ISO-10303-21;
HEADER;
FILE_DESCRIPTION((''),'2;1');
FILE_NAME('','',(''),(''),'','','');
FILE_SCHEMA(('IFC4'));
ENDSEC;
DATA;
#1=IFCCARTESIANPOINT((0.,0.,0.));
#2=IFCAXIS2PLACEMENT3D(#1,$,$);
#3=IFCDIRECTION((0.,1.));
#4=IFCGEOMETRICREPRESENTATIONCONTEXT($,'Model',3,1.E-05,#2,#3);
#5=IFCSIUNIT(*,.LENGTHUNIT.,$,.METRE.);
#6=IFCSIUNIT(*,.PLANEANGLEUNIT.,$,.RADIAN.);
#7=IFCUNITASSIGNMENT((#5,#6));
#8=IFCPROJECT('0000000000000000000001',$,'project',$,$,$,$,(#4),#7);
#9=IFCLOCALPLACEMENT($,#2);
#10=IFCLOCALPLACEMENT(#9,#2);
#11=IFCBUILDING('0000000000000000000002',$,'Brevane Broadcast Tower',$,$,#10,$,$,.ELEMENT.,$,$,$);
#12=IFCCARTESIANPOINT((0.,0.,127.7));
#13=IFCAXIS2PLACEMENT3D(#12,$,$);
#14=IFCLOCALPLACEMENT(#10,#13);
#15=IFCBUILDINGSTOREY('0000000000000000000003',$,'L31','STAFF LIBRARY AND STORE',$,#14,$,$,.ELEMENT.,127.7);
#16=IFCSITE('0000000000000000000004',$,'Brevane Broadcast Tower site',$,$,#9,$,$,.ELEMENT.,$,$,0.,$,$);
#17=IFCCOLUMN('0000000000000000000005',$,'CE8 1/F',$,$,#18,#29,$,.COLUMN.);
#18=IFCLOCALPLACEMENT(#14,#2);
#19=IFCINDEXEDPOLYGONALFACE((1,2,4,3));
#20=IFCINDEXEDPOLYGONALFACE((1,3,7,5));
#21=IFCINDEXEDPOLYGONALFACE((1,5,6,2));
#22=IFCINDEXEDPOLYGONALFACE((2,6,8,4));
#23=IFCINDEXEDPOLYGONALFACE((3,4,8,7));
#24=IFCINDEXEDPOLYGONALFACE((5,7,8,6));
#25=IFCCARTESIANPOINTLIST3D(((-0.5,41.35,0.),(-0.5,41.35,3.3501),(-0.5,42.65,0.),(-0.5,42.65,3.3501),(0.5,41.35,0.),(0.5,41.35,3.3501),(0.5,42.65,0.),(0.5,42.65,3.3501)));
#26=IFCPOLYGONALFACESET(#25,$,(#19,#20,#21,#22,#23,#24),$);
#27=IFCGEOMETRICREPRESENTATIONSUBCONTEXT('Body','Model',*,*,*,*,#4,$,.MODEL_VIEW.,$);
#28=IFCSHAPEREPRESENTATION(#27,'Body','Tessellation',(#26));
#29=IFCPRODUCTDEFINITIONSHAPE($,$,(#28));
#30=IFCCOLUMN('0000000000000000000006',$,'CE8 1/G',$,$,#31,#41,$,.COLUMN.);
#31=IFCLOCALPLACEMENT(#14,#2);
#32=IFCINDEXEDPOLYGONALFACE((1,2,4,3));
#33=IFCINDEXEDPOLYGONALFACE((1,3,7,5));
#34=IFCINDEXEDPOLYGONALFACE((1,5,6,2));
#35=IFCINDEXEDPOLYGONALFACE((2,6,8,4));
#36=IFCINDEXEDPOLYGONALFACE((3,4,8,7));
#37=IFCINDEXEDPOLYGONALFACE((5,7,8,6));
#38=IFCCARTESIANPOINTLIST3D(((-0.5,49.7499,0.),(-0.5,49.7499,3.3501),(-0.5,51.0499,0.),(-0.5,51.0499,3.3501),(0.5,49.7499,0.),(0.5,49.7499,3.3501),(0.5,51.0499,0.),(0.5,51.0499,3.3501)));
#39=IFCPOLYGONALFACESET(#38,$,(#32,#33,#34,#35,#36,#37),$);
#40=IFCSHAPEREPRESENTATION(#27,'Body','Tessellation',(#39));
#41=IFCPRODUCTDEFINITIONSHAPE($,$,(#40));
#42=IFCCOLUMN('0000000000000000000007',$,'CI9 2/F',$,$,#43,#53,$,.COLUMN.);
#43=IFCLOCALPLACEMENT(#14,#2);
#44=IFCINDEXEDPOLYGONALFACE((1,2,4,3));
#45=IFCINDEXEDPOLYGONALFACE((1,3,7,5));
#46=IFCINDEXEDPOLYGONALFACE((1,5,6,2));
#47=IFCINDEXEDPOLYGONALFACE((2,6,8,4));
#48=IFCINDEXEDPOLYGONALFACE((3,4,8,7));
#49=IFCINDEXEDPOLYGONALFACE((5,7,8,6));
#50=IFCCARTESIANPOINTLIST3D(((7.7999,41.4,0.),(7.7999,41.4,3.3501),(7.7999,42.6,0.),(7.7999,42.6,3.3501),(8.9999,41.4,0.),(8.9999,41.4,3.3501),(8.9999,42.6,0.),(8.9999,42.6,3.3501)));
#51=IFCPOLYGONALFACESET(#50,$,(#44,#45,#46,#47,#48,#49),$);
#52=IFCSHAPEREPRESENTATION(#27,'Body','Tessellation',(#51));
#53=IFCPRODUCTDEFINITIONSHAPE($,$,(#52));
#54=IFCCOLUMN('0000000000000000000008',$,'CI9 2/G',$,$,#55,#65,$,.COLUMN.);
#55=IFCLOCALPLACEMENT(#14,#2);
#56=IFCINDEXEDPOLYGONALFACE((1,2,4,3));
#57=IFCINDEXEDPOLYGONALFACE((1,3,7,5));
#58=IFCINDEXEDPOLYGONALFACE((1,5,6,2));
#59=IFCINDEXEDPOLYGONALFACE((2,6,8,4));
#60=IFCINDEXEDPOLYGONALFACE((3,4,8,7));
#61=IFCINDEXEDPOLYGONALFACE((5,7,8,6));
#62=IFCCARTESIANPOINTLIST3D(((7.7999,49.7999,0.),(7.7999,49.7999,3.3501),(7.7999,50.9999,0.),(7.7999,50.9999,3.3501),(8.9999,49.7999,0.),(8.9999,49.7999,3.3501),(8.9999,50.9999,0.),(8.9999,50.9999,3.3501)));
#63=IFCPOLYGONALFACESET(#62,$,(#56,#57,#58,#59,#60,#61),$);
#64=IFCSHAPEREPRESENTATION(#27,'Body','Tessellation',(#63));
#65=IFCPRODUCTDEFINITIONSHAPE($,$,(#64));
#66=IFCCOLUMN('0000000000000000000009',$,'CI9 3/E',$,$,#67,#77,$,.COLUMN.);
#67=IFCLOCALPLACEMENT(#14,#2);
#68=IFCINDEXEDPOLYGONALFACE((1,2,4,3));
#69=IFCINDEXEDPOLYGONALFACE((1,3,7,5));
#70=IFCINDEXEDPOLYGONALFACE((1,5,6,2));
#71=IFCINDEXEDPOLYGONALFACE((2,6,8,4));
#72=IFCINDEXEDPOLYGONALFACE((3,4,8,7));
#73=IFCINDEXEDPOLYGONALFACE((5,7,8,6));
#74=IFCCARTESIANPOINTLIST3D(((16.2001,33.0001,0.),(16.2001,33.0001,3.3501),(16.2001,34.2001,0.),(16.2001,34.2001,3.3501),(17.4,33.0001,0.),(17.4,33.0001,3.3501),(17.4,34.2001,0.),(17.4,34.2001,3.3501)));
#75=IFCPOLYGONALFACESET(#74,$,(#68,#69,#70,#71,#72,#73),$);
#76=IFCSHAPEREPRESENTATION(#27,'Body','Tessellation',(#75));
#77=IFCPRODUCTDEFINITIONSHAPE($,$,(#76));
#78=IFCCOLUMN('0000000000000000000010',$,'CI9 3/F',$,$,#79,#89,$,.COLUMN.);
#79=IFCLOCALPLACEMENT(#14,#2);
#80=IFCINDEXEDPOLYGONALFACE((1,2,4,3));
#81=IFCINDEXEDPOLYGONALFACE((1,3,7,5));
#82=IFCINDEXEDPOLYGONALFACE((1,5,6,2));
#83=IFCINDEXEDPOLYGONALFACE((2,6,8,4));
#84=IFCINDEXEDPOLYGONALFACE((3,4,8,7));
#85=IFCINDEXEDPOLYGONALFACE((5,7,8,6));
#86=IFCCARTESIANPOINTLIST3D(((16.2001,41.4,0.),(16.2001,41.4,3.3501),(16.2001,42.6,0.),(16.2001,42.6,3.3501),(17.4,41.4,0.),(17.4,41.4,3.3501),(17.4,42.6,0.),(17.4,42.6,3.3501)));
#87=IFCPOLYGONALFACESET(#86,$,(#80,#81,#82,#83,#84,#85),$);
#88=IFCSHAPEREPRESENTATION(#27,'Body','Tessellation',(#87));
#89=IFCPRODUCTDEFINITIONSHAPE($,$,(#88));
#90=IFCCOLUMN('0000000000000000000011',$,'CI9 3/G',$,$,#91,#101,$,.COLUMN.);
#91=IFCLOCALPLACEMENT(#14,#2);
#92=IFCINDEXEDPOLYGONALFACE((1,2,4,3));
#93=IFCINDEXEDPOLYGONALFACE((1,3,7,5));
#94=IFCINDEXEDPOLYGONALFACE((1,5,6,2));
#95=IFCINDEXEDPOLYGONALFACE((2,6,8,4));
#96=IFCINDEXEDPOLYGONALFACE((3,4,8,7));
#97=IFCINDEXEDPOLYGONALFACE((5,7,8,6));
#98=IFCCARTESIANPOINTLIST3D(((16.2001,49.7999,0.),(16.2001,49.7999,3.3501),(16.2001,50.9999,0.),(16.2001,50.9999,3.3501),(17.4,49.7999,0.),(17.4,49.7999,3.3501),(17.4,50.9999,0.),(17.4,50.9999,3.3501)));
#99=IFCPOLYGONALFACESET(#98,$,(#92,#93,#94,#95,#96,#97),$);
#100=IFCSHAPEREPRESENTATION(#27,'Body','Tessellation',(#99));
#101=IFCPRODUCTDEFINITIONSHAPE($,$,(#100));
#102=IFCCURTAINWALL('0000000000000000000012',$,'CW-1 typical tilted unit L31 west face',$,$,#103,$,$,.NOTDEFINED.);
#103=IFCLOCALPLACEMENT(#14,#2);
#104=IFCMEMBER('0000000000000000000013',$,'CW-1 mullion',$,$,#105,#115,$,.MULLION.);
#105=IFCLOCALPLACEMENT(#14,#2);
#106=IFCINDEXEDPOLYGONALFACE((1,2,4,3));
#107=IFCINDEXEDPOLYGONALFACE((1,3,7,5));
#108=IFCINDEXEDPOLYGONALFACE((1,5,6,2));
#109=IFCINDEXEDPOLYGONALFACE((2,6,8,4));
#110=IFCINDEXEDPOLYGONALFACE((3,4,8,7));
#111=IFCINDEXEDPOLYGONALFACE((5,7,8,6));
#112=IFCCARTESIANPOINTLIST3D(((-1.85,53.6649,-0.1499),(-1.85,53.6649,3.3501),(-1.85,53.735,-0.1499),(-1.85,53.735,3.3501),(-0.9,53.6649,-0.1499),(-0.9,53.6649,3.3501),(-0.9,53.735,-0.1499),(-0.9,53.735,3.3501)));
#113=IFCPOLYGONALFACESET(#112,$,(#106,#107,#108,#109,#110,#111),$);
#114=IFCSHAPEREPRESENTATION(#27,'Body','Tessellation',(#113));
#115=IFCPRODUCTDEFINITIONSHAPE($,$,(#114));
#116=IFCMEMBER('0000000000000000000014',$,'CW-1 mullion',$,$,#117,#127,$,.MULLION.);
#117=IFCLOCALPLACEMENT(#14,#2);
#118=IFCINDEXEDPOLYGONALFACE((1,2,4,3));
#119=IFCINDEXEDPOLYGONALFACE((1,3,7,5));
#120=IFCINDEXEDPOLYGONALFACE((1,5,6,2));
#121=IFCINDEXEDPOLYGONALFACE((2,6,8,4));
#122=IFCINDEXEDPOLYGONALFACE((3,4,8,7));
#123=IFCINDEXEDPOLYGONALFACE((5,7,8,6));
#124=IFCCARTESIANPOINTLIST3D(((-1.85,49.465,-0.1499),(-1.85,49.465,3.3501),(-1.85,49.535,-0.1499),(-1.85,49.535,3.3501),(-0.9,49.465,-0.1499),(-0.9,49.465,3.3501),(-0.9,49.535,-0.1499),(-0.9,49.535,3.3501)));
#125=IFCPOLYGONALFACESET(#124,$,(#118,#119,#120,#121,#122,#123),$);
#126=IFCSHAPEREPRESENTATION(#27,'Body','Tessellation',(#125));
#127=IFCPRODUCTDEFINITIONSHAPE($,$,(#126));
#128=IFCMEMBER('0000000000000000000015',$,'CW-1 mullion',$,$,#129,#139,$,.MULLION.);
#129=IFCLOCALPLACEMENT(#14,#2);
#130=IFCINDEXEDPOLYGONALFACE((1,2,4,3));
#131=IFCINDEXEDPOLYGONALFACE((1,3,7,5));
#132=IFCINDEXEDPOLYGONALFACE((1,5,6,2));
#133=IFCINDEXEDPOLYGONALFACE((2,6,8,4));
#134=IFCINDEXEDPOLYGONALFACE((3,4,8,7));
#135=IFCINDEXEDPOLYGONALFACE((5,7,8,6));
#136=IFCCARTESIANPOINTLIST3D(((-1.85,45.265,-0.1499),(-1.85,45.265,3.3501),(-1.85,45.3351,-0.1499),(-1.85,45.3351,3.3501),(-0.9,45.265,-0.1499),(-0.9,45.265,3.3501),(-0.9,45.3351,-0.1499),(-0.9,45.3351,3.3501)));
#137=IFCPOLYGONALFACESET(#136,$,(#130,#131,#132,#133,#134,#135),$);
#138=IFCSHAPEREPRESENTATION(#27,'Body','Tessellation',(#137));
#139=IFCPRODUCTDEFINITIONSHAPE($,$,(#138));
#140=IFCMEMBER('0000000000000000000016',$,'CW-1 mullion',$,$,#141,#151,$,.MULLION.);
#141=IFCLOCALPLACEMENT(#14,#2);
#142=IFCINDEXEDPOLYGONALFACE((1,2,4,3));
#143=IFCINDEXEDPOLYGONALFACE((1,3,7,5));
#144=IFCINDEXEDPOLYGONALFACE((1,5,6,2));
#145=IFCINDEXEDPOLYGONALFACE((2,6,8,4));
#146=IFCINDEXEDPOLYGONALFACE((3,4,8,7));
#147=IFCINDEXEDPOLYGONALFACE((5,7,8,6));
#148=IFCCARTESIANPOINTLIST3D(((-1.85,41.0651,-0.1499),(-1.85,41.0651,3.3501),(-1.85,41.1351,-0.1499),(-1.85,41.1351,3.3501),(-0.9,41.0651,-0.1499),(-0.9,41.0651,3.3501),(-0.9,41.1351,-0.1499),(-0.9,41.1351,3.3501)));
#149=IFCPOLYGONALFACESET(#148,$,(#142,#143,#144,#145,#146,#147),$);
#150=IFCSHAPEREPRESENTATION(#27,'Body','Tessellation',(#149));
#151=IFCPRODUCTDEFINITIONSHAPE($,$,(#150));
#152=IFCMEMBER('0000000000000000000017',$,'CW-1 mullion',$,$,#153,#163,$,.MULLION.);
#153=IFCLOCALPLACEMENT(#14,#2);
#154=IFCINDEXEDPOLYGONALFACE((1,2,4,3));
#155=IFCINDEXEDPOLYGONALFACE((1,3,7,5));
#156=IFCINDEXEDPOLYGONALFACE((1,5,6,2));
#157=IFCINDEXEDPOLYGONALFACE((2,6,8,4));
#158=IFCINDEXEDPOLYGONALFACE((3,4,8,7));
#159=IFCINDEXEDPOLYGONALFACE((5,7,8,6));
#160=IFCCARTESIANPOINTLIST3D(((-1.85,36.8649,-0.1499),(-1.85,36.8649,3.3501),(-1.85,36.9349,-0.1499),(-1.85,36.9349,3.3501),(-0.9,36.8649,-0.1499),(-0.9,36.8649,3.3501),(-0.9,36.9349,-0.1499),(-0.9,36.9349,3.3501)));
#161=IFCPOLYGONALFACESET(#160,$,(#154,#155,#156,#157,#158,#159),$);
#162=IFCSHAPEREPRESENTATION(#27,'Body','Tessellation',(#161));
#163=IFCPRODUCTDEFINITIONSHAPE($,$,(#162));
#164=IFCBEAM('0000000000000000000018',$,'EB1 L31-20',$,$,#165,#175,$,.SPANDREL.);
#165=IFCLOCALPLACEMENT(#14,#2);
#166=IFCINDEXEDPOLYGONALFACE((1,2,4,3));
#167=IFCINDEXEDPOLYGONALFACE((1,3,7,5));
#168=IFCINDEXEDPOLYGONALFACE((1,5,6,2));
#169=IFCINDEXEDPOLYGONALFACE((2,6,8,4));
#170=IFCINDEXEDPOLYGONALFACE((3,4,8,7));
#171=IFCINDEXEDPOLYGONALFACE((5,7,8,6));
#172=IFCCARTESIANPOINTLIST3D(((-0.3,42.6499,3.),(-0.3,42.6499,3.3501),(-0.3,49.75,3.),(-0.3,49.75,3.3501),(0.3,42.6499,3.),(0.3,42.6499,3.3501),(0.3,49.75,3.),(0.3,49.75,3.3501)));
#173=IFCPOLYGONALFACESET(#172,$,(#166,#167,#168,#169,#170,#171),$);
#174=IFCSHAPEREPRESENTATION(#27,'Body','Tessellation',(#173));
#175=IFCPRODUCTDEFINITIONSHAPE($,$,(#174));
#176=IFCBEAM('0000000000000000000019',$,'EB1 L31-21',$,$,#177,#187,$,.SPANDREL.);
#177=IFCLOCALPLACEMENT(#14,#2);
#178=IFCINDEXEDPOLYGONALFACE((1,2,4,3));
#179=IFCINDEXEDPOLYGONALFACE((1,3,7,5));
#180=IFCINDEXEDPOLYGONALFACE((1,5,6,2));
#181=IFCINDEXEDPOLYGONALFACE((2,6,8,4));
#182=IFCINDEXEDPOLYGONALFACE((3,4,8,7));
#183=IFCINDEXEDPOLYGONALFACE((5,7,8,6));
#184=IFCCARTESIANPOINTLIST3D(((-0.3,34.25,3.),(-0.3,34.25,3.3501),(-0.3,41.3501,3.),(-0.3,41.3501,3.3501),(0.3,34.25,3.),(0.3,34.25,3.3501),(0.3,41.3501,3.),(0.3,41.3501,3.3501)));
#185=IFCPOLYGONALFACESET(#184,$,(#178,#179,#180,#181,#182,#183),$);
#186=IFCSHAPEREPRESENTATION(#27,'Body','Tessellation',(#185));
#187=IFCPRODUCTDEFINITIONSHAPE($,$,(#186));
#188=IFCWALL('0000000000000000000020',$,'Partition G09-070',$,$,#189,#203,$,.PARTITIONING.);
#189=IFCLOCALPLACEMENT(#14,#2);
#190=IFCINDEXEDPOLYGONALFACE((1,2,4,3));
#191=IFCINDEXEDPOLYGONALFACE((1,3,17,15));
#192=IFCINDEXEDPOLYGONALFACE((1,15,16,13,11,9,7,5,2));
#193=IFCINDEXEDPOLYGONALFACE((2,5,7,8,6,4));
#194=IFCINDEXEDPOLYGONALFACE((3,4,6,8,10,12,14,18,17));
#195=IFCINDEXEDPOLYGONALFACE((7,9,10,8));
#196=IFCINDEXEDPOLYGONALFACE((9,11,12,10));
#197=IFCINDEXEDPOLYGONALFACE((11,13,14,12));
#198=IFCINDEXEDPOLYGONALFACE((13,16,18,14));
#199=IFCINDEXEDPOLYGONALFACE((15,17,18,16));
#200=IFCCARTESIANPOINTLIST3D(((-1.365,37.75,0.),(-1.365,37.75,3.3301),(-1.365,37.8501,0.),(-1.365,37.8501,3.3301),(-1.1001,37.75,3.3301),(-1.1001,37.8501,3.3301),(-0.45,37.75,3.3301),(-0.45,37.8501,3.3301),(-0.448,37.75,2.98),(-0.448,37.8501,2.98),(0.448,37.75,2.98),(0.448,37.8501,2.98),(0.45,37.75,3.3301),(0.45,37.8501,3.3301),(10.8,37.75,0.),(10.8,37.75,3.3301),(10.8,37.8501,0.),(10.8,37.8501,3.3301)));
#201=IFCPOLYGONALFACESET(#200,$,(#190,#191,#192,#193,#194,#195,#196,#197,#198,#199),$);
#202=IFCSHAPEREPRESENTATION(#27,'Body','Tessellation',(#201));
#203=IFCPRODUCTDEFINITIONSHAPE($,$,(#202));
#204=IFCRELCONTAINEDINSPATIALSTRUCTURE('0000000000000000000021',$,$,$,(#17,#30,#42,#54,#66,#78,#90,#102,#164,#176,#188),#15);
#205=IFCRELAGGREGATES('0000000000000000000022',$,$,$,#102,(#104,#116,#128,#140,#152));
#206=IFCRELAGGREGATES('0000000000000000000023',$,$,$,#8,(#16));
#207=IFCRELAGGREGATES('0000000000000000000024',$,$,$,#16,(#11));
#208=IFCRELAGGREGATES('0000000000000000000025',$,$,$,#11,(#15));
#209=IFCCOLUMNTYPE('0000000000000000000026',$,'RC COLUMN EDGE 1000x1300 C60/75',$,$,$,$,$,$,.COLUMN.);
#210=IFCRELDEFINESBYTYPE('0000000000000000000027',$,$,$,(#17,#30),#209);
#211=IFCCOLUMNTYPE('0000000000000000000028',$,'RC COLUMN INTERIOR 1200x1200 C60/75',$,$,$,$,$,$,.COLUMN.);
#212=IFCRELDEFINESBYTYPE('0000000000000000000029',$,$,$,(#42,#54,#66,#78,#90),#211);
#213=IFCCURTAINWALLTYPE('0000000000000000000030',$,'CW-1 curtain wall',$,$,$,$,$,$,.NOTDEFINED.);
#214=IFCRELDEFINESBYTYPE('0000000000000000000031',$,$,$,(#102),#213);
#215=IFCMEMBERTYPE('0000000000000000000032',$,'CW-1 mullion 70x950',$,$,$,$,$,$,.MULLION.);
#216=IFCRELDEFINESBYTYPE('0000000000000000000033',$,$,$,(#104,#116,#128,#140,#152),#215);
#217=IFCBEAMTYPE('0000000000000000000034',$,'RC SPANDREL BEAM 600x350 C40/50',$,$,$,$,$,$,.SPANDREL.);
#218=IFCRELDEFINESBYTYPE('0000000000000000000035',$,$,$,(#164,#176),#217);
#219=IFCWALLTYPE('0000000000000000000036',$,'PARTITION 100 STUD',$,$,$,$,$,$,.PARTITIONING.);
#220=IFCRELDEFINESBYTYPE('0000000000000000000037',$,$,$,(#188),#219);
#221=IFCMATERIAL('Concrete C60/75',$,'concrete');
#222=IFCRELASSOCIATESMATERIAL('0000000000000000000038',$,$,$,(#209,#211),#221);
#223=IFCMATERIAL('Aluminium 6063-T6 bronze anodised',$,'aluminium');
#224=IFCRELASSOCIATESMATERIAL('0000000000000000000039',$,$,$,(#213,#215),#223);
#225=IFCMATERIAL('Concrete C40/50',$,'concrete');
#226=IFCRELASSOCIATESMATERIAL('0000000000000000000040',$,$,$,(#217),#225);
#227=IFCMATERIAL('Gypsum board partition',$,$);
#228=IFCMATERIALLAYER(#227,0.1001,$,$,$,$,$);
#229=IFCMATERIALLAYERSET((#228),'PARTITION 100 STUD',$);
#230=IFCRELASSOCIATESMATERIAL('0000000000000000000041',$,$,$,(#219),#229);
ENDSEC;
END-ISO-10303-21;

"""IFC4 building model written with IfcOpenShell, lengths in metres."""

from ifc_helpers import new_model, si_unit, direction, frame, origin, origin_2d, place, context, subcontext, project, spatial, polyline, rectangle, outline, extrude, material, layer, layer_set, material_profile, profile_set, type_object, element, aggregate, save


model = new_model("IFC4")

# Units and contexts
model_context = context("Model", 3, precision=1e-05, world=origin(), true_north=direction((0.0, 1.0)))
body_context = subcontext(model_context, "Body", "Model", "MODEL_VIEW")
ifc_project = project(units=[si_unit("LENGTHUNIT", "METRE"), si_unit("PLANEANGLEUNIT", "RADIAN")], contexts=[model_context])

# Site, building, storey
site_placement = place(None, origin())
site = spatial("IfcSite", under=ifc_project, at=site_placement, Name="Brevane Broadcast Tower site", CompositionType="ELEMENT", RefElevation=0.0)
building_placement = place(site_placement, origin())
building = spatial("IfcBuilding", under=site, at=building_placement, Name="Brevane Broadcast Tower", CompositionType="ELEMENT")
storey_placement = place(building_placement, frame((0.0, 0.0, 127.7)))
storey = spatial("IfcBuildingStorey", under=building, at=storey_placement, Name="L31", Description="STAFF LIBRARY AND STORE", CompositionType="ELEMENT", Elevation=127.7)

# Columns
ifc_material_1 = material(Name="Concrete C60/75", Category="concrete")
ifc_material_profile_1 = material_profile(ifc_material_1, rectangle(XDim=1.0, YDim=1.3, at=origin_2d()), Name="RC 1000x1300")
ifc_profile_set_1 = profile_set([ifc_material_profile_1], Name="Concrete C60/75")
column_type_1 = type_object("IfcColumnType", Name="RC COLUMN EDGE 1000x1300 C60/75", PredefinedType="COLUMN", material=ifc_profile_set_1)
for number, where, z_axis, x_axis, name in (
    (1, (0.0, 42.0, 0.0), (0.0, 0.0, 1.0), (1.0, 0.0, 0.0), "CE8 1/F"),
    (2, (0.0, 50.3999, 0.0), (0.0, 0.0, 1.0), (1.0, 0.0, 0.0), "CE8 1/G"),
):
    element("IfcColumn", number, at=place(storey_placement, frame(where, z_axis=z_axis, x_axis=x_axis)), inside=storey, type_object=column_type_1, Name=name, PredefinedType="COLUMN", context=body_context, shape_type="SweptSolid", body=[
        extrude(rectangle(XDim=1.0, YDim=1.3, at=origin_2d()), origin(), (0.0, 0.0, 1.0), 3.3501),
    ])
ifc_material_profile_2 = material_profile(ifc_material_1, rectangle(XDim=1.2, YDim=1.2, at=origin_2d()), Name="RC 1200x1200")
ifc_profile_set_2 = profile_set([ifc_material_profile_2], Name="Concrete C60/75")
column_type_2 = type_object("IfcColumnType", Name="RC COLUMN INTERIOR 1200x1200 C60/75", PredefinedType="COLUMN", material=ifc_profile_set_2)
for number, where, z_axis, x_axis, name in (
    (3, (8.3999, 42.0, 0.0), (0.0, 0.0, 1.0), (1.0, 0.0, 0.0), "CI9 2/F"),
    (4, (8.3999, 50.3999, 0.0), (0.0, 0.0, 1.0), (1.0, 0.0, 0.0), "CI9 2/G"),
    (5, (16.8, 33.6001, 0.0), (0.0, 0.0, 1.0), (1.0, 0.0, 0.0), "CI9 3/E"),
    (6, (16.8, 42.0, 0.0), (0.0, 0.0, 1.0), (1.0, 0.0, 0.0), "CI9 3/F"),
    (7, (16.8, 50.3999, 0.0), (0.0, 0.0, 1.0), (1.0, 0.0, 0.0), "CI9 3/G"),
):
    element("IfcColumn", number, at=place(storey_placement, frame(where, z_axis=z_axis, x_axis=x_axis)), inside=storey, type_object=column_type_2, Name=name, PredefinedType="COLUMN", context=body_context, shape_type="SweptSolid", body=[
        extrude(rectangle(XDim=1.2, YDim=1.2, at=origin_2d()), origin(), (0.0, 0.0, 1.0), 3.3501),
    ])

# Curtain wall, members
ifc_material_2 = material(Name="Aluminium 6063-T6 bronze anodised", Category="aluminium")
curtain_wall_type = type_object("IfcCurtainWallType", Name="CW-1 curtain wall", PredefinedType="NOTDEFINED", material=ifc_material_2)
curtain_wall_placement = place(storey_placement, origin())
curtain_wall = element("IfcCurtainWall", 8, at=curtain_wall_placement, inside=storey, type_object=curtain_wall_type, Name="CW-1 typical tilted unit L31 west face", PredefinedType="NOTDEFINED")
ifc_material_profile_3 = material_profile(ifc_material_2, rectangle(XDim=0.95, YDim=0.0701, at=origin_2d()), Name="RECT 70x950")
ifc_profile_set_3 = profile_set([ifc_material_profile_3], Name="Aluminium 6063-T6 bronze anodised")
member_type = type_object("IfcMemberType", Name="CW-1 mullion 70x950", PredefinedType="MULLION", material=ifc_profile_set_3)
member_1_placement = place(storey_placement, frame((-1.375, 53.7, -0.1499), z_axis=(0.0, 0.0, 1.0), x_axis=(1.0, 0.0, 0.0)))
member_1 = element("IfcMember", 9, at=member_1_placement, type_object=member_type, Name="CW-1 mullion", PredefinedType="MULLION", context=body_context, shape_type="SweptSolid", body=[
    extrude(rectangle(XDim=0.95, YDim=0.0701, at=origin_2d()), origin(), (0.0, 0.0, 1.0), 3.5),
])
member_2_placement = place(storey_placement, frame((-1.375, 49.5, -0.1499), z_axis=(0.0, 0.0, 1.0), x_axis=(1.0, 0.0, 0.0)))
member_2 = element("IfcMember", 10, at=member_2_placement, type_object=member_type, Name="CW-1 mullion", PredefinedType="MULLION", context=body_context, shape_type="SweptSolid", body=[
    extrude(rectangle(XDim=0.95, YDim=0.0701, at=origin_2d()), origin(), (0.0, 0.0, 1.0), 3.5),
])
member_3_placement = place(storey_placement, frame((-1.375, 45.3, -0.1499), z_axis=(0.0, 0.0, 1.0), x_axis=(1.0, 0.0, 0.0)))
member_3 = element("IfcMember", 11, at=member_3_placement, type_object=member_type, Name="CW-1 mullion", PredefinedType="MULLION", context=body_context, shape_type="SweptSolid", body=[
    extrude(rectangle(XDim=0.95, YDim=0.0701, at=origin_2d()), origin(), (0.0, 0.0, 1.0), 3.5),
])
member_4_placement = place(storey_placement, frame((-1.375, 41.1001, -0.1499), z_axis=(0.0, 0.0, 1.0), x_axis=(1.0, 0.0, 0.0)))
member_4 = element("IfcMember", 12, at=member_4_placement, type_object=member_type, Name="CW-1 mullion", PredefinedType="MULLION", context=body_context, shape_type="SweptSolid", body=[
    extrude(rectangle(XDim=0.95, YDim=0.0701, at=origin_2d()), origin(), (0.0, 0.0, 1.0), 3.5),
])
member_5_placement = place(storey_placement, frame((-1.375, 36.8999, -0.1499), z_axis=(0.0, 0.0, 1.0), x_axis=(1.0, 0.0, 0.0)))
member_5 = element("IfcMember", 13, at=member_5_placement, type_object=member_type, Name="CW-1 mullion", PredefinedType="MULLION", context=body_context, shape_type="SweptSolid", body=[
    extrude(rectangle(XDim=0.95, YDim=0.0701, at=origin_2d()), origin(), (0.0, 0.0, 1.0), 3.5),
])
aggregate(curtain_wall, [member_1, member_2, member_3, member_4, member_5])

# Beams
ifc_material_3 = material(Name="Concrete C40/50", Category="concrete")
ifc_material_profile_4 = material_profile(ifc_material_3, rectangle(XDim=0.6001, YDim=0.3501, at=origin_2d()), Name="RC 600x350")
ifc_profile_set_4 = profile_set([ifc_material_profile_4], Name="Concrete C40/50")
beam_type = type_object("IfcBeamType", Name="RC SPANDREL BEAM 600x350 C40/50", PredefinedType="SPANDREL", material=ifc_profile_set_4)
for number, where, z_axis, x_axis, name in (
    (14, (0.0, 49.75, 3.175), (0.0, -1.0, 0.0), (1.0, 0.0, 0.0), "EB1 L31-20"),
    (15, (0.0, 41.3501, 3.175), (0.0, -1.0, 0.0), (1.0, 0.0, 0.0), "EB1 L31-21"),
):
    element("IfcBeam", number, at=place(storey_placement, frame(where, z_axis=z_axis, x_axis=x_axis)), inside=storey, type_object=beam_type, Name=name, PredefinedType="SPANDREL", context=body_context, shape_type="SweptSolid", body=[
        extrude(rectangle(XDim=0.6001, YDim=0.3501, at=origin_2d()), origin(), (0.0, 0.0, 1.0), 7.1001),
    ])

# Wall
ifc_material_4 = material(Name="Gypsum board partition")
ifc_layer_1 = layer(ifc_material_4, 0.1001)
ifc_layer_set_1 = layer_set([ifc_layer_1], Name="PARTITION 100 STUD")
wall_type_1 = type_object("IfcWallType", Name="PARTITION 100 STUD", PredefinedType="PARTITIONING", material=ifc_layer_set_1)
for number, where, z_axis, x_axis, name in (
    (16, (-1.365, 37.8, 0.0), (0.0, 0.0, 1.0), (1.0, 0.0, 0.0), "Partition G09-070"),
):
    element("IfcWall", number, at=place(storey_placement, frame(where, z_axis=z_axis, x_axis=x_axis)), inside=storey, type_object=wall_type_1, Name=name, PredefinedType="PARTITIONING", context=body_context, shape_type="SweptSolid", body=[
        extrude(outline(polyline([(0.0, 0.0), (12.165, 0.0), (12.165, 3.3301), (1.8149, 3.3301), (1.813, 2.98), (0.917, 2.98), (0.915, 3.3301), (0.2649, 3.3301), (0.0, 3.3301), (0.0, 0.0)])), frame((0.0, 0.05, 0.0), z_axis=(0.0, -1.0, 0.0), x_axis=(1.0, 0.0, 0.0)), (0.0, 0.0, 1.0), 0.1001),
    ])

save(model, "model.ifc")
